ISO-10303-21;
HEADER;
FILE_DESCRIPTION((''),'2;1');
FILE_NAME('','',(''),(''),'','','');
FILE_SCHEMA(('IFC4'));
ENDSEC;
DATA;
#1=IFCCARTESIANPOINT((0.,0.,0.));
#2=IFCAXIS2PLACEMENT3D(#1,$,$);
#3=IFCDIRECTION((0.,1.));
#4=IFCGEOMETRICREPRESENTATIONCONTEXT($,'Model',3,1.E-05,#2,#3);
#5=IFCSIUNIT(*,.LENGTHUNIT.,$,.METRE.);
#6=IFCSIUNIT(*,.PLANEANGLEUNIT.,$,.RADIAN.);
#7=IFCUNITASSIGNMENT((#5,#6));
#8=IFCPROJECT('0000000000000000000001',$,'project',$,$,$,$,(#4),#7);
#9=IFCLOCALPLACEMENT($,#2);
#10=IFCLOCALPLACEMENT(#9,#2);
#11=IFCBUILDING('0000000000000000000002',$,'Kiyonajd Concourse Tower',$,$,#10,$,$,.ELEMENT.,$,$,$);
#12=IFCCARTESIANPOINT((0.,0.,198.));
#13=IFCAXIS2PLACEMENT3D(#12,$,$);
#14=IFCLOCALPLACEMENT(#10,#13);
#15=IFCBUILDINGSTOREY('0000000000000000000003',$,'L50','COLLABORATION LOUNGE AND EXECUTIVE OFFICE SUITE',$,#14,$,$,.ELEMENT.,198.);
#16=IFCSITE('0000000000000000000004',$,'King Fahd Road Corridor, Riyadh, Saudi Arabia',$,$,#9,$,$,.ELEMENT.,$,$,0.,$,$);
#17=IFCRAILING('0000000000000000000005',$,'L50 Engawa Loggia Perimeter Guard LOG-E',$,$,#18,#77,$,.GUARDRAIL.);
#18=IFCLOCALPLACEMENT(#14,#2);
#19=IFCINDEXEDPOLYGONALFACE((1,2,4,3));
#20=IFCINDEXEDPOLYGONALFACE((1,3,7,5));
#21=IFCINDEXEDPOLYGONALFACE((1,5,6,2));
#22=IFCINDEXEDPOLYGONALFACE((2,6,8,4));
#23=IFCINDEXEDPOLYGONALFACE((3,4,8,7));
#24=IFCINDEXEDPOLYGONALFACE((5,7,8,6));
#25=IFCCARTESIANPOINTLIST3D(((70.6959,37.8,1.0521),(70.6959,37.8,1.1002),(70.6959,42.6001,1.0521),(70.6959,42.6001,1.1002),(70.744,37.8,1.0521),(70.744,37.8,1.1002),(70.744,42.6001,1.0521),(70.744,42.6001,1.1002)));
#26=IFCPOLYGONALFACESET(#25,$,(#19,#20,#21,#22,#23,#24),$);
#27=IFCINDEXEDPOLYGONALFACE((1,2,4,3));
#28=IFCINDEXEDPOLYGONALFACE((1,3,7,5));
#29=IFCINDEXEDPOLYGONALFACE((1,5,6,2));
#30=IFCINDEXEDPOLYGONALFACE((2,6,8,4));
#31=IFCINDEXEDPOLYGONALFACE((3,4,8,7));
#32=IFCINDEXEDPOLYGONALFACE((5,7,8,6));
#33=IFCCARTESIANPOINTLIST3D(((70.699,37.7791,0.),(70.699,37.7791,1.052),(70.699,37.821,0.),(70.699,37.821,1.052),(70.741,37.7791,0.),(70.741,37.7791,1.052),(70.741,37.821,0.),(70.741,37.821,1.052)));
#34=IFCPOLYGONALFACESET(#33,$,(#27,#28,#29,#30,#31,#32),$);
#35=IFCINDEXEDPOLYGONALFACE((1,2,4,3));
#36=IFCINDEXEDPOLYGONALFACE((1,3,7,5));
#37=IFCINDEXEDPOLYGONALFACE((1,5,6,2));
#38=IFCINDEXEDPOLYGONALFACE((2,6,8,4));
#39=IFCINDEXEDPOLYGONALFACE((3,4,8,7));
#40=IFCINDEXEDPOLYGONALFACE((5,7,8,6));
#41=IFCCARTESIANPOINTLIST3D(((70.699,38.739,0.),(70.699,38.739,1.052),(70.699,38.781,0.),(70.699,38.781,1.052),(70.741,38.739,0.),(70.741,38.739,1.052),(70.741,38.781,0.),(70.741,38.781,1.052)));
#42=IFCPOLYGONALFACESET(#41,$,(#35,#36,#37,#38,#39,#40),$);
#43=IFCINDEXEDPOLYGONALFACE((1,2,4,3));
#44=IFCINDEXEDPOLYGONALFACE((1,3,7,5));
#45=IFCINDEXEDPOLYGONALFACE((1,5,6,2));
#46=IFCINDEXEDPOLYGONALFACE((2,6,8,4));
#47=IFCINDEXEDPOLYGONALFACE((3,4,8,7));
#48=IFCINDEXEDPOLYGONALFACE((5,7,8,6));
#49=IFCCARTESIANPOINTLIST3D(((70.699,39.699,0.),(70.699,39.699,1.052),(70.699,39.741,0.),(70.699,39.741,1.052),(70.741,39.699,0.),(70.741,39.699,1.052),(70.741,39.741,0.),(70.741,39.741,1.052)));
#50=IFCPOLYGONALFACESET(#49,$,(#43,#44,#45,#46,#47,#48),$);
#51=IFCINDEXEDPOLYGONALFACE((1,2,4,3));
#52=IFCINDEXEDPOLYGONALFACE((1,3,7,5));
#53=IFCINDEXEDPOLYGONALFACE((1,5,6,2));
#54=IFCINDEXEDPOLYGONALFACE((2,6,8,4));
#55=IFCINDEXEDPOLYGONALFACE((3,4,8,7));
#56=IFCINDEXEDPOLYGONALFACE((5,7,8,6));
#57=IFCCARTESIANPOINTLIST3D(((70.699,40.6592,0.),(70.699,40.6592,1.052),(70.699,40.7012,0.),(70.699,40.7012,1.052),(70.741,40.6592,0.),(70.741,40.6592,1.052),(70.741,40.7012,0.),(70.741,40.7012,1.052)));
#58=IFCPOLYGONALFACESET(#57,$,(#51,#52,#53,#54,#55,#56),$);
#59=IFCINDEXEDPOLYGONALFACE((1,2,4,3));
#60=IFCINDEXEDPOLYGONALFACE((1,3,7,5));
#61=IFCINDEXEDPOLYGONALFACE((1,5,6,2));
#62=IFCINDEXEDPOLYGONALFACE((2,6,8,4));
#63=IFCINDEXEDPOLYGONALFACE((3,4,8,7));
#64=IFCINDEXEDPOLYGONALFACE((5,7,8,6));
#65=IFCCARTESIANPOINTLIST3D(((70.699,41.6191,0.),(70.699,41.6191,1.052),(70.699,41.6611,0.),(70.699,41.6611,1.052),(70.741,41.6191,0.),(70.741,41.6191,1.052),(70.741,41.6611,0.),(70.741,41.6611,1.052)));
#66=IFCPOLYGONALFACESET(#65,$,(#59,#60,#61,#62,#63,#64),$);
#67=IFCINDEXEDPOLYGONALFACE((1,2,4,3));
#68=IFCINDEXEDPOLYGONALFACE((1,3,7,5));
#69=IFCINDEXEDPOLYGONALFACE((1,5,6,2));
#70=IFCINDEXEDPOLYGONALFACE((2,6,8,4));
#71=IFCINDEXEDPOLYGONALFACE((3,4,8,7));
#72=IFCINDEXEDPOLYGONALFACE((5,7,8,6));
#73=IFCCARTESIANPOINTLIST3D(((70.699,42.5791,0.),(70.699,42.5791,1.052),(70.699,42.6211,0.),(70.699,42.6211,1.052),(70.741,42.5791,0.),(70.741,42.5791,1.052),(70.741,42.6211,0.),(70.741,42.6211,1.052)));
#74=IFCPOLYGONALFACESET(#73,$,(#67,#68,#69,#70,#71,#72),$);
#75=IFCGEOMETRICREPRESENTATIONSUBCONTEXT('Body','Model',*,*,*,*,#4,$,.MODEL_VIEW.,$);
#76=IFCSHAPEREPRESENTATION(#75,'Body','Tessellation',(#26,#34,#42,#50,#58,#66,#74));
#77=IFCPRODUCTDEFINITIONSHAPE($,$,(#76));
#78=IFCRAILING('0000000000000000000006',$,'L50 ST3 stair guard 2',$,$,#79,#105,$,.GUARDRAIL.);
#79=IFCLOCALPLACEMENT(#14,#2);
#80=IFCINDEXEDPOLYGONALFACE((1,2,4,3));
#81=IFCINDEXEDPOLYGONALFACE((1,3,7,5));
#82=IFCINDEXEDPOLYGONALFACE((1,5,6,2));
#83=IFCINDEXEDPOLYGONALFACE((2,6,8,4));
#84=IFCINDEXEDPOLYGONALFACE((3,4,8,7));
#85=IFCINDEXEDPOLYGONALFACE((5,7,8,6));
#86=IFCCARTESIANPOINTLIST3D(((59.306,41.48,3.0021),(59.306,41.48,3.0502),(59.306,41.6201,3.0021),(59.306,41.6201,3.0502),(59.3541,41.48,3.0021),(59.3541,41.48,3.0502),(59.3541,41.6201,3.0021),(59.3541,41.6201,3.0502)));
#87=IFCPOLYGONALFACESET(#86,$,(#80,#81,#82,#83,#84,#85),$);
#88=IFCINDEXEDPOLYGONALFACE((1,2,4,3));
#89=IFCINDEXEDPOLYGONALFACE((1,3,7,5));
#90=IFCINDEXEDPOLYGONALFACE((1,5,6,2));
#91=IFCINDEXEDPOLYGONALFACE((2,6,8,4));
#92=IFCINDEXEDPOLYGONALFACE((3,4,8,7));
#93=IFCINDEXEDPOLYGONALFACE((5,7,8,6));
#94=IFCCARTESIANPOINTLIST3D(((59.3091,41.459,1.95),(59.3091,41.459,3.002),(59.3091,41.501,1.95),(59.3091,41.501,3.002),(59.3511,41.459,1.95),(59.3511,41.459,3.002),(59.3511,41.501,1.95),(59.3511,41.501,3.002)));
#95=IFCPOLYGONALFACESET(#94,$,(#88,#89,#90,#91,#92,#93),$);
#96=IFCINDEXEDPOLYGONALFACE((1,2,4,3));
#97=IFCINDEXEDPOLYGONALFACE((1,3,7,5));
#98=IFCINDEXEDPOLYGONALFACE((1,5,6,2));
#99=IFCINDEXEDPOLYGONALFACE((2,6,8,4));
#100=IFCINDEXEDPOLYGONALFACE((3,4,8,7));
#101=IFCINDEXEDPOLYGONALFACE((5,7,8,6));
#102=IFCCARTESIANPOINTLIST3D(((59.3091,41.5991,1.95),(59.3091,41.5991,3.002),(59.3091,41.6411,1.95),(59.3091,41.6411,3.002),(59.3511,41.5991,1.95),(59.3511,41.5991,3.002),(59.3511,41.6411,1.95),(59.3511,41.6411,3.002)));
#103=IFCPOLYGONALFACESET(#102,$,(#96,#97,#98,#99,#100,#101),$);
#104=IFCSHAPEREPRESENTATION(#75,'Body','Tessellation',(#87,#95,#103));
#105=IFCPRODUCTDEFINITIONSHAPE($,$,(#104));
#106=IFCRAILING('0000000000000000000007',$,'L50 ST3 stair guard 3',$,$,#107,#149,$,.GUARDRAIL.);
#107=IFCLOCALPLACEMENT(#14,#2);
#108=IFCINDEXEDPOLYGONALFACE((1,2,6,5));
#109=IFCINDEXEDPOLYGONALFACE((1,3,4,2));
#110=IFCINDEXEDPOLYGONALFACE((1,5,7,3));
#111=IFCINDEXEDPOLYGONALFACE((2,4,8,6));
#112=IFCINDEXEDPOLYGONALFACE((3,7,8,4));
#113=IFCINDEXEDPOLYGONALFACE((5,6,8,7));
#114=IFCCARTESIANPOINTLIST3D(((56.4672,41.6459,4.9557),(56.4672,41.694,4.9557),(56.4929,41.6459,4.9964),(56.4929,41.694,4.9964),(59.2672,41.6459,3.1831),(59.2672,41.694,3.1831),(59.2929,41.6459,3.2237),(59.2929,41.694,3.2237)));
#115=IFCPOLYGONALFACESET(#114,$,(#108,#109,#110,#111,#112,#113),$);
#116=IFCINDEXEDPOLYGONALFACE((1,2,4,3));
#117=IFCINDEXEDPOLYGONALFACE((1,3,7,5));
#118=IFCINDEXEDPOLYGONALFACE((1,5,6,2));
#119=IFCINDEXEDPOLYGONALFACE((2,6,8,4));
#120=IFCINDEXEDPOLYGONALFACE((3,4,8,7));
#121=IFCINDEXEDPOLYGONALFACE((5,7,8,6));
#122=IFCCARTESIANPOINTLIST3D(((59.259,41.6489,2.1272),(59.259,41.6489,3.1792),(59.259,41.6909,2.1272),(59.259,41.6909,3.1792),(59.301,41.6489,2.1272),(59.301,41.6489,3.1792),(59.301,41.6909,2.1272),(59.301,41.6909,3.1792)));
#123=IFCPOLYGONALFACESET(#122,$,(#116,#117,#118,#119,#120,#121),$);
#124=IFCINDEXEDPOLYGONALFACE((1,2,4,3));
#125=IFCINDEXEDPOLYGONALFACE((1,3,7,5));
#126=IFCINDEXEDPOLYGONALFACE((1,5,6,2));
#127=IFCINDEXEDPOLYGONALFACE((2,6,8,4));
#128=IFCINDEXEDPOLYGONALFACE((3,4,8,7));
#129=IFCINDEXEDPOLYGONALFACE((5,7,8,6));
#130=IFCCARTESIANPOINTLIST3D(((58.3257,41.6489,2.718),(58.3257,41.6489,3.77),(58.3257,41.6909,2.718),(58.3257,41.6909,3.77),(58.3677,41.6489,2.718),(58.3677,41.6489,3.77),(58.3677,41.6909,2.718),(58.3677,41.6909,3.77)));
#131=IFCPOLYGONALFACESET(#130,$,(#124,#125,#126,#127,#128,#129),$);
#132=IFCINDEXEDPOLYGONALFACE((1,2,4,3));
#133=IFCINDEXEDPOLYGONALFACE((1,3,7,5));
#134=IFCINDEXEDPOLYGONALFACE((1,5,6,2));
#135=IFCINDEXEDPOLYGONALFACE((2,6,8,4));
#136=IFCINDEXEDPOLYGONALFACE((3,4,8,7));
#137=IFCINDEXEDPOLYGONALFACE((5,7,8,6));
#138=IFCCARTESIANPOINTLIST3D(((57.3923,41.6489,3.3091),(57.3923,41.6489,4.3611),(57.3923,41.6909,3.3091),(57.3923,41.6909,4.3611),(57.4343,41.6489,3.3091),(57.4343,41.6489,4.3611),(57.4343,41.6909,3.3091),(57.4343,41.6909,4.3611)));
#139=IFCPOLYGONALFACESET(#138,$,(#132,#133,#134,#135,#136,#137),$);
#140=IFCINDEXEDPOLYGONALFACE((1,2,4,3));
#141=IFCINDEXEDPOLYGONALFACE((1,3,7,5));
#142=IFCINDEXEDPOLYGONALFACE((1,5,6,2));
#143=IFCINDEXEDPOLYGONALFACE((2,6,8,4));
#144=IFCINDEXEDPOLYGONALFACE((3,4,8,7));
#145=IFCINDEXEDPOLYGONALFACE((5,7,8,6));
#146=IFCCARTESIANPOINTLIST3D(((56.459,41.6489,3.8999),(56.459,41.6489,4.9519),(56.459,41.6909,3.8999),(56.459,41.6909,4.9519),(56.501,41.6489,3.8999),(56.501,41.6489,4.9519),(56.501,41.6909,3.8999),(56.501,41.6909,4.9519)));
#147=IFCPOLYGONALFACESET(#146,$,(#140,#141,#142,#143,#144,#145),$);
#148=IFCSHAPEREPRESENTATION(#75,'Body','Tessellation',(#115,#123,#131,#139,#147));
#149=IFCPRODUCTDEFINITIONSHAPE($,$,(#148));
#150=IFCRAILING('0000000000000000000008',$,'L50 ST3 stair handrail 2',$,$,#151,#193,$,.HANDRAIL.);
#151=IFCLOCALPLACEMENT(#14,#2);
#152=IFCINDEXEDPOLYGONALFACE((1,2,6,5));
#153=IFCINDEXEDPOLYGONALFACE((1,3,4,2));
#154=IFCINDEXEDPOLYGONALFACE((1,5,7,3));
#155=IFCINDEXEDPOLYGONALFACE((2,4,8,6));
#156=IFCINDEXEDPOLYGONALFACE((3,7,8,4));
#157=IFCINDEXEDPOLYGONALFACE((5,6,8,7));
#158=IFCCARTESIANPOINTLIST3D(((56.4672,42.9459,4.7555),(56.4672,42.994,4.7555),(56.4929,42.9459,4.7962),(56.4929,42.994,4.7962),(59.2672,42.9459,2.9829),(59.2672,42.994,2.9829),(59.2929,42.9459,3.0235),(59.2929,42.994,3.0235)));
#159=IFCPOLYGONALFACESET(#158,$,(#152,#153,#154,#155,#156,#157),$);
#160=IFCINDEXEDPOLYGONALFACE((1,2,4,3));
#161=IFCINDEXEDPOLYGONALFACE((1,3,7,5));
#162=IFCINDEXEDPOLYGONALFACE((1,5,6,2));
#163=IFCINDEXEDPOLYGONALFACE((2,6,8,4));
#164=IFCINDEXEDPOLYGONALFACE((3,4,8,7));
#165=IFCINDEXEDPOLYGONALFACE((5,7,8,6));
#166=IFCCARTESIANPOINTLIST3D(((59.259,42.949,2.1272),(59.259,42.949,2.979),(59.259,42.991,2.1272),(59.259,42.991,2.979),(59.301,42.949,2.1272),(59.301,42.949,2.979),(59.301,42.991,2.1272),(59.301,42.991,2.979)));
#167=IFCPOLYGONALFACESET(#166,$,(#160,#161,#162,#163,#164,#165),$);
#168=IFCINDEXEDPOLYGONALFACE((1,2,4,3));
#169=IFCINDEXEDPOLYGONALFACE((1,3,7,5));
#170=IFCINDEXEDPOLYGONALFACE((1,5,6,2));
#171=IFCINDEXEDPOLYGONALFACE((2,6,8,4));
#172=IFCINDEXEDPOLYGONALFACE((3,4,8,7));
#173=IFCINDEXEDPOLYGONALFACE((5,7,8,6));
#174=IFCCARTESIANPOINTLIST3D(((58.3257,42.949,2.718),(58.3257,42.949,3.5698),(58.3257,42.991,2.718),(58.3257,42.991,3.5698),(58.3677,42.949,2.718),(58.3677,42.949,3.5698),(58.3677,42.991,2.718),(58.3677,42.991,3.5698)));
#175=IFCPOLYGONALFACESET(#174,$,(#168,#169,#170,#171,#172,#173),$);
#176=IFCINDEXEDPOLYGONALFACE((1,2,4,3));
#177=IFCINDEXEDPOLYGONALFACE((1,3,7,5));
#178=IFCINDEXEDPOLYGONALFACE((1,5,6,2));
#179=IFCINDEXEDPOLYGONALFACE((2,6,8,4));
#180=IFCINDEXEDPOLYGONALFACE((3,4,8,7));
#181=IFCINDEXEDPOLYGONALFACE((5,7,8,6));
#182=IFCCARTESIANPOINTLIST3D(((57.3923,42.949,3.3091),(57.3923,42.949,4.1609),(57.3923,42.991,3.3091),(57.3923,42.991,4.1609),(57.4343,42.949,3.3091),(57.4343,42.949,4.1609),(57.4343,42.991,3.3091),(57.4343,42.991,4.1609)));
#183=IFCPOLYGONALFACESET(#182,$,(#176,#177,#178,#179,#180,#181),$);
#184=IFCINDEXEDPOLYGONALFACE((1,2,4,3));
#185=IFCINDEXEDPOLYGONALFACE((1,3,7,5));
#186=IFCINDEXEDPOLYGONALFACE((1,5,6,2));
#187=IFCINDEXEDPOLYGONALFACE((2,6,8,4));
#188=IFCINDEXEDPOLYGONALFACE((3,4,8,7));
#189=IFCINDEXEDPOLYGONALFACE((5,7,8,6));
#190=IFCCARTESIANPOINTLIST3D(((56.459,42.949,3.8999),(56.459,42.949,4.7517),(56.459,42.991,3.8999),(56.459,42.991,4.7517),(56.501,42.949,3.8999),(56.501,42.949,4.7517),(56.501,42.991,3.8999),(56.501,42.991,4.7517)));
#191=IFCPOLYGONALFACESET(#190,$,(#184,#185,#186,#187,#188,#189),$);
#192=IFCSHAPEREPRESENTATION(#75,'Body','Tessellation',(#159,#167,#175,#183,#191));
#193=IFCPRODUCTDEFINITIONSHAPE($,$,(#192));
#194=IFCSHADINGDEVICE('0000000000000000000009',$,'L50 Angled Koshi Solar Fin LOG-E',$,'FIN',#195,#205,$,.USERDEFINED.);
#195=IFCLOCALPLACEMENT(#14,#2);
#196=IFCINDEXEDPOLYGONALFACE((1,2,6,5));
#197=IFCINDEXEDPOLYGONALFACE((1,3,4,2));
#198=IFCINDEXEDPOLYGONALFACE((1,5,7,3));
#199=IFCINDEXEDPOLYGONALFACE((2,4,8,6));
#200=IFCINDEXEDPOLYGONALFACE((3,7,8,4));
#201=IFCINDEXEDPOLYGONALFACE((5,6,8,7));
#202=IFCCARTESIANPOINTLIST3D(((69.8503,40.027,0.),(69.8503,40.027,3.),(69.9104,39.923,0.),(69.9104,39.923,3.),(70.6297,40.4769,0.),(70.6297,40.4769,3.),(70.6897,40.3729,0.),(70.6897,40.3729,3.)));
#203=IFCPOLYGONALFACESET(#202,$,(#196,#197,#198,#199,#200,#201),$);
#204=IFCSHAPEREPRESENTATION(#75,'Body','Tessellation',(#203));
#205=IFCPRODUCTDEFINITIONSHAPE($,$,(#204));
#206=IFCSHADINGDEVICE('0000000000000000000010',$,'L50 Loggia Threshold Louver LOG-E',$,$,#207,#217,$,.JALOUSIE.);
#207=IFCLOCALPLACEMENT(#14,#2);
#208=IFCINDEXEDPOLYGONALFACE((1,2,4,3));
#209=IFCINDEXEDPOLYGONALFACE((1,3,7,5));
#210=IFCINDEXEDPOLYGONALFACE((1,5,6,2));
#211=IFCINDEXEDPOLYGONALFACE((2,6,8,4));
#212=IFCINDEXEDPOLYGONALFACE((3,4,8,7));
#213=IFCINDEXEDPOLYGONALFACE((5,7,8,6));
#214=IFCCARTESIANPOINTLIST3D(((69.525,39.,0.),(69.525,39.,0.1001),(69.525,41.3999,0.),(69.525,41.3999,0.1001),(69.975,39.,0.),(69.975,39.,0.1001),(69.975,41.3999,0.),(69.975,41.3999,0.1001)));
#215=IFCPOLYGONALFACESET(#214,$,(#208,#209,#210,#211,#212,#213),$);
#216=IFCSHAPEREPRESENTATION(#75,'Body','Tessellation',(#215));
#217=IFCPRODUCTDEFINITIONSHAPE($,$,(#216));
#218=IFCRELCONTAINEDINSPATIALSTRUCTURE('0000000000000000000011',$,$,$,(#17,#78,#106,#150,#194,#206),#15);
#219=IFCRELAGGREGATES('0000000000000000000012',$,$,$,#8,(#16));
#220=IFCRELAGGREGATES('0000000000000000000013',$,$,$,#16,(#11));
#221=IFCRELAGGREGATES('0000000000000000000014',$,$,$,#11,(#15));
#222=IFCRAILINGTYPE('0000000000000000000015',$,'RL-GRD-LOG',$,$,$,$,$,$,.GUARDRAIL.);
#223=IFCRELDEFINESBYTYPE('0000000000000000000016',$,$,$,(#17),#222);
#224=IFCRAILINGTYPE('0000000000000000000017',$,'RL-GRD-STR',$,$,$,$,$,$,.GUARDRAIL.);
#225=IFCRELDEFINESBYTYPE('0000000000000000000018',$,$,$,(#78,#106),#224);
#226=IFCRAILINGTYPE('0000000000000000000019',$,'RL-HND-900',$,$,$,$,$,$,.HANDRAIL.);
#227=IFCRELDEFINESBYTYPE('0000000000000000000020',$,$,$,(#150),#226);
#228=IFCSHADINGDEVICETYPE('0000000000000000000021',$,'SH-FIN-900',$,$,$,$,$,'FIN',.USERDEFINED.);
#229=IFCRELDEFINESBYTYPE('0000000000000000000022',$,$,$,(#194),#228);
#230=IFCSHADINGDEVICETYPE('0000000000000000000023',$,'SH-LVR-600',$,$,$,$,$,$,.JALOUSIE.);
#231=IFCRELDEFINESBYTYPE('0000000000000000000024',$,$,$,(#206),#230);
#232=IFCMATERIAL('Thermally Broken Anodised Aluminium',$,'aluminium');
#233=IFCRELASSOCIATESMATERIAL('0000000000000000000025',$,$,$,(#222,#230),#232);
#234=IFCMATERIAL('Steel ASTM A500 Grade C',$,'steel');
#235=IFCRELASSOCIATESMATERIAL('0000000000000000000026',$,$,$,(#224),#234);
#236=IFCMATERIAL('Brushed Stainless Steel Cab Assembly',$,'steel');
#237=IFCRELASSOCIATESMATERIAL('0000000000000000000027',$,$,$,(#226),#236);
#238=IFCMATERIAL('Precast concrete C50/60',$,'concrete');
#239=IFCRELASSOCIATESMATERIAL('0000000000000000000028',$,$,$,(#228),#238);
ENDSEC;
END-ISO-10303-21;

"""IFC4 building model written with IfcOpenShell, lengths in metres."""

from ifc_helpers import new_model, si_unit, direction, frame, origin, origin_2d, place, context, subcontext, project, spatial, rectangle, extrude, material, type_object, element, save


model = new_model("IFC4")

# Units and contexts
model_context = context("Model", 3, precision=1e-05, world=origin(), true_north=direction((0.0, 1.0)))
body_context = subcontext(model_context, "Body", "Model", "MODEL_VIEW")
ifc_project = project(units=[si_unit("LENGTHUNIT", "METRE"), si_unit("PLANEANGLEUNIT", "RADIAN")], contexts=[model_context])

# Site, building, storey
site_placement = place(None, origin())
site = spatial("IfcSite", under=ifc_project, at=site_placement, Name="King Fahd Road Corridor, Riyadh, Saudi Arabia", CompositionType="ELEMENT", RefElevation=0.0)
building_placement = place(site_placement, origin())
building = spatial("IfcBuilding", under=site, at=building_placement, Name="Kiyonajd Concourse Tower", CompositionType="ELEMENT")
storey_placement = place(building_placement, frame((0.0, 0.0, 198.0)))
storey = spatial("IfcBuildingStorey", under=building, at=storey_placement, Name="L50", Description="COLLABORATION LOUNGE AND EXECUTIVE OFFICE SUITE", CompositionType="ELEMENT", Elevation=198.0)

# Shared definitions
ifc_material_1 = material(Name="Thermally Broken Anodised Aluminium", Category="aluminium")

# Shared definitions
ifc_material_2 = material(Name="Precast concrete C50/60", Category="concrete")

# Railings
railing_type_1 = type_object("IfcRailingType", Name="RL-GRD-LOG", PredefinedType="GUARDRAIL", material=ifc_material_1)
railing_1_placement = place(storey_placement, frame((70.72, 37.8, 0.0)))
element("IfcRailing", 1, at=railing_1_placement, inside=storey, type_object=railing_type_1, Name="L50 Engawa Loggia Perimeter Guard LOG-E", PredefinedType="GUARDRAIL", context=body_context, shape_type="SweptSolid", body=[
    extrude(rectangle(XDim=0.0481, YDim=0.0481, at=origin_2d()), frame((0.0, 0.0, 1.0762), z_axis=(0.0, 1.0, 0.0), x_axis=(-1.0, 0.0, 0.0)), (0.0, 0.0, 1.0), 4.8),
    extrude(rectangle(XDim=0.042, YDim=0.042, at=origin_2d()), origin(), (0.0, 0.0, 1.0), 1.052),
    extrude(rectangle(XDim=0.042, YDim=0.042, at=origin_2d()), frame((0.0, 0.96, 0.0)), (0.0, 0.0, 1.0), 1.052),
    extrude(rectangle(XDim=0.042, YDim=0.042, at=origin_2d()), frame((0.0, 1.9199, 0.0)), (0.0, 0.0, 1.0), 1.052),
    extrude(rectangle(XDim=0.042, YDim=0.042, at=origin_2d()), frame((0.0, 2.8801, 0.0)), (0.0, 0.0, 1.0), 1.052),
    extrude(rectangle(XDim=0.042, YDim=0.042, at=origin_2d()), frame((0.0, 3.8401, 0.0)), (0.0, 0.0, 1.0), 1.052),
    extrude(rectangle(XDim=0.042, YDim=0.042, at=origin_2d()), frame((0.0, 4.8, 0.0)), (0.0, 0.0, 1.0), 1.052),
])
ifc_material_3 = material(Name="Steel ASTM A500 Grade C", Category="steel")
railing_type_2 = type_object("IfcRailingType", Name="RL-GRD-STR", PredefinedType="GUARDRAIL", material=ifc_material_3)
railing_2_placement = place(storey_placement, frame((59.3301, 41.48, 1.95)))
element("IfcRailing", 2, at=railing_2_placement, inside=storey, type_object=railing_type_2, Name="L50 ST3 stair guard 2", PredefinedType="GUARDRAIL", context=body_context, shape_type="SweptSolid", body=[
    extrude(rectangle(XDim=0.0481, YDim=0.0481, at=origin_2d()), frame((0.0, 0.0, 1.0762), z_axis=(0.0, 1.0, 0.0), x_axis=(-1.0, 0.0, 0.0)), (0.0, 0.0, 1.0), 0.1401),
    extrude(rectangle(XDim=0.042, YDim=0.042, at=origin_2d()), origin(), (0.0, 0.0, 1.0), 1.052),
    extrude(rectangle(XDim=0.042, YDim=0.042, at=origin_2d()), frame((0.0, 0.1401, 0.0)), (0.0, 0.0, 1.0), 1.052),
])
railing_3_placement = place(storey_placement, frame((59.28, 41.6699, 2.1272)))
element("IfcRailing", 3, at=railing_3_placement, inside=storey, type_object=railing_type_2, Name="L50 ST3 stair guard 3", PredefinedType="GUARDRAIL", context=body_context, shape_type="SweptSolid", body=[
    extrude(rectangle(XDim=0.0481, YDim=0.0481, at=origin_2d()), frame((0.0, 0.0, 1.0762), z_axis=(-0.844909, 0.0, 0.53491), x_axis=(0.0, -1.0, 0.0)), (0.0, 0.0, 1.0), 3.314),
    extrude(rectangle(XDim=0.042, YDim=0.042, at=origin_2d()), origin(), (0.0, 0.0, 1.0), 1.052),
    extrude(rectangle(XDim=0.042, YDim=0.042, at=origin_2d()), frame((-0.9333, 0.0, 0.5908)), (0.0, 0.0, 1.0), 1.052),
    extrude(rectangle(XDim=0.042, YDim=0.042, at=origin_2d()), frame((-1.8667, 0.0, 1.1819)), (0.0, 0.0, 1.0), 1.052),
    extrude(rectangle(XDim=0.042, YDim=0.042, at=origin_2d()), frame((-2.8, 0.0, 1.7727)), (0.0, 0.0, 1.0), 1.052),
])
ifc_material_4 = material(Name="Brushed Stainless Steel Cab Assembly", Category="steel")
railing_type_3 = type_object("IfcRailingType", Name="RL-HND-900", PredefinedType="HANDRAIL", material=ifc_material_4)
railing_4_placement = place(storey_placement, frame((59.28, 42.97, 2.1272)))
element("IfcRailing", 4, at=railing_4_placement, inside=storey, type_object=railing_type_3, Name="L50 ST3 stair handrail 2", PredefinedType="HANDRAIL", context=body_context, shape_type="SweptSolid", body=[
    extrude(rectangle(XDim=0.0481, YDim=0.0481, at=origin_2d()), frame((0.0, 0.0, 0.876), z_axis=(-0.844909, 0.0, 0.53491), x_axis=(0.0, -1.0, 0.0)), (0.0, 0.0, 1.0), 3.314),
    extrude(rectangle(XDim=0.042, YDim=0.042, at=origin_2d()), origin(), (0.0, 0.0, 1.0), 0.8518),
    extrude(rectangle(XDim=0.042, YDim=0.042, at=origin_2d()), frame((-0.9333, 0.0, 0.5908)), (0.0, 0.0, 1.0), 0.8518),
    extrude(rectangle(XDim=0.042, YDim=0.042, at=origin_2d()), frame((-1.8667, 0.0, 1.1819)), (0.0, 0.0, 1.0), 0.8518),
    extrude(rectangle(XDim=0.042, YDim=0.042, at=origin_2d()), frame((-2.8, 0.0, 1.7727)), (0.0, 0.0, 1.0), 0.8518),
])

# Shading devices
shading_device_type_1 = type_object("IfcShadingDeviceType", Name="SH-FIN-900", ElementType="FIN", PredefinedType="USERDEFINED", material=ifc_material_2)
shading_device_1_placement = place(storey_placement, frame((70.27, 40.2, 0.0), z_axis=(0.0, 0.0, 1.0), x_axis=(0.866025, 0.5, 0.0)))
element("IfcShadingDevice", 5, at=shading_device_1_placement, inside=storey, type_object=shading_device_type_1, Name="L50 Angled Koshi Solar Fin LOG-E", ObjectType="FIN", PredefinedType="USERDEFINED", context=body_context, shape_type="SweptSolid", body=[
    extrude(rectangle(XDim=0.8999, YDim=0.1201, at=origin_2d()), origin(), (0.0, 0.0, 1.0), 3.0),
])
shading_device_type_2 = type_object("IfcShadingDeviceType", Name="SH-LVR-600", PredefinedType="JALOUSIE", material=ifc_material_1)
shading_device_2_placement = place(storey_placement, frame((69.75, 40.2, 0.0), z_axis=(0.0, 0.0, 1.0), x_axis=(0.0, 1.0, 0.0)))
element("IfcShadingDevice", 6, at=shading_device_2_placement, inside=storey, type_object=shading_device_type_2, Name="L50 Loggia Threshold Louver LOG-E", PredefinedType="JALOUSIE", context=body_context, shape_type="SweptSolid", body=[
    extrude(rectangle(XDim=2.3999, YDim=0.45, at=origin_2d()), origin(), (0.0, 0.0, 1.0), 0.1001),
])

save(model, "model.ifc")
